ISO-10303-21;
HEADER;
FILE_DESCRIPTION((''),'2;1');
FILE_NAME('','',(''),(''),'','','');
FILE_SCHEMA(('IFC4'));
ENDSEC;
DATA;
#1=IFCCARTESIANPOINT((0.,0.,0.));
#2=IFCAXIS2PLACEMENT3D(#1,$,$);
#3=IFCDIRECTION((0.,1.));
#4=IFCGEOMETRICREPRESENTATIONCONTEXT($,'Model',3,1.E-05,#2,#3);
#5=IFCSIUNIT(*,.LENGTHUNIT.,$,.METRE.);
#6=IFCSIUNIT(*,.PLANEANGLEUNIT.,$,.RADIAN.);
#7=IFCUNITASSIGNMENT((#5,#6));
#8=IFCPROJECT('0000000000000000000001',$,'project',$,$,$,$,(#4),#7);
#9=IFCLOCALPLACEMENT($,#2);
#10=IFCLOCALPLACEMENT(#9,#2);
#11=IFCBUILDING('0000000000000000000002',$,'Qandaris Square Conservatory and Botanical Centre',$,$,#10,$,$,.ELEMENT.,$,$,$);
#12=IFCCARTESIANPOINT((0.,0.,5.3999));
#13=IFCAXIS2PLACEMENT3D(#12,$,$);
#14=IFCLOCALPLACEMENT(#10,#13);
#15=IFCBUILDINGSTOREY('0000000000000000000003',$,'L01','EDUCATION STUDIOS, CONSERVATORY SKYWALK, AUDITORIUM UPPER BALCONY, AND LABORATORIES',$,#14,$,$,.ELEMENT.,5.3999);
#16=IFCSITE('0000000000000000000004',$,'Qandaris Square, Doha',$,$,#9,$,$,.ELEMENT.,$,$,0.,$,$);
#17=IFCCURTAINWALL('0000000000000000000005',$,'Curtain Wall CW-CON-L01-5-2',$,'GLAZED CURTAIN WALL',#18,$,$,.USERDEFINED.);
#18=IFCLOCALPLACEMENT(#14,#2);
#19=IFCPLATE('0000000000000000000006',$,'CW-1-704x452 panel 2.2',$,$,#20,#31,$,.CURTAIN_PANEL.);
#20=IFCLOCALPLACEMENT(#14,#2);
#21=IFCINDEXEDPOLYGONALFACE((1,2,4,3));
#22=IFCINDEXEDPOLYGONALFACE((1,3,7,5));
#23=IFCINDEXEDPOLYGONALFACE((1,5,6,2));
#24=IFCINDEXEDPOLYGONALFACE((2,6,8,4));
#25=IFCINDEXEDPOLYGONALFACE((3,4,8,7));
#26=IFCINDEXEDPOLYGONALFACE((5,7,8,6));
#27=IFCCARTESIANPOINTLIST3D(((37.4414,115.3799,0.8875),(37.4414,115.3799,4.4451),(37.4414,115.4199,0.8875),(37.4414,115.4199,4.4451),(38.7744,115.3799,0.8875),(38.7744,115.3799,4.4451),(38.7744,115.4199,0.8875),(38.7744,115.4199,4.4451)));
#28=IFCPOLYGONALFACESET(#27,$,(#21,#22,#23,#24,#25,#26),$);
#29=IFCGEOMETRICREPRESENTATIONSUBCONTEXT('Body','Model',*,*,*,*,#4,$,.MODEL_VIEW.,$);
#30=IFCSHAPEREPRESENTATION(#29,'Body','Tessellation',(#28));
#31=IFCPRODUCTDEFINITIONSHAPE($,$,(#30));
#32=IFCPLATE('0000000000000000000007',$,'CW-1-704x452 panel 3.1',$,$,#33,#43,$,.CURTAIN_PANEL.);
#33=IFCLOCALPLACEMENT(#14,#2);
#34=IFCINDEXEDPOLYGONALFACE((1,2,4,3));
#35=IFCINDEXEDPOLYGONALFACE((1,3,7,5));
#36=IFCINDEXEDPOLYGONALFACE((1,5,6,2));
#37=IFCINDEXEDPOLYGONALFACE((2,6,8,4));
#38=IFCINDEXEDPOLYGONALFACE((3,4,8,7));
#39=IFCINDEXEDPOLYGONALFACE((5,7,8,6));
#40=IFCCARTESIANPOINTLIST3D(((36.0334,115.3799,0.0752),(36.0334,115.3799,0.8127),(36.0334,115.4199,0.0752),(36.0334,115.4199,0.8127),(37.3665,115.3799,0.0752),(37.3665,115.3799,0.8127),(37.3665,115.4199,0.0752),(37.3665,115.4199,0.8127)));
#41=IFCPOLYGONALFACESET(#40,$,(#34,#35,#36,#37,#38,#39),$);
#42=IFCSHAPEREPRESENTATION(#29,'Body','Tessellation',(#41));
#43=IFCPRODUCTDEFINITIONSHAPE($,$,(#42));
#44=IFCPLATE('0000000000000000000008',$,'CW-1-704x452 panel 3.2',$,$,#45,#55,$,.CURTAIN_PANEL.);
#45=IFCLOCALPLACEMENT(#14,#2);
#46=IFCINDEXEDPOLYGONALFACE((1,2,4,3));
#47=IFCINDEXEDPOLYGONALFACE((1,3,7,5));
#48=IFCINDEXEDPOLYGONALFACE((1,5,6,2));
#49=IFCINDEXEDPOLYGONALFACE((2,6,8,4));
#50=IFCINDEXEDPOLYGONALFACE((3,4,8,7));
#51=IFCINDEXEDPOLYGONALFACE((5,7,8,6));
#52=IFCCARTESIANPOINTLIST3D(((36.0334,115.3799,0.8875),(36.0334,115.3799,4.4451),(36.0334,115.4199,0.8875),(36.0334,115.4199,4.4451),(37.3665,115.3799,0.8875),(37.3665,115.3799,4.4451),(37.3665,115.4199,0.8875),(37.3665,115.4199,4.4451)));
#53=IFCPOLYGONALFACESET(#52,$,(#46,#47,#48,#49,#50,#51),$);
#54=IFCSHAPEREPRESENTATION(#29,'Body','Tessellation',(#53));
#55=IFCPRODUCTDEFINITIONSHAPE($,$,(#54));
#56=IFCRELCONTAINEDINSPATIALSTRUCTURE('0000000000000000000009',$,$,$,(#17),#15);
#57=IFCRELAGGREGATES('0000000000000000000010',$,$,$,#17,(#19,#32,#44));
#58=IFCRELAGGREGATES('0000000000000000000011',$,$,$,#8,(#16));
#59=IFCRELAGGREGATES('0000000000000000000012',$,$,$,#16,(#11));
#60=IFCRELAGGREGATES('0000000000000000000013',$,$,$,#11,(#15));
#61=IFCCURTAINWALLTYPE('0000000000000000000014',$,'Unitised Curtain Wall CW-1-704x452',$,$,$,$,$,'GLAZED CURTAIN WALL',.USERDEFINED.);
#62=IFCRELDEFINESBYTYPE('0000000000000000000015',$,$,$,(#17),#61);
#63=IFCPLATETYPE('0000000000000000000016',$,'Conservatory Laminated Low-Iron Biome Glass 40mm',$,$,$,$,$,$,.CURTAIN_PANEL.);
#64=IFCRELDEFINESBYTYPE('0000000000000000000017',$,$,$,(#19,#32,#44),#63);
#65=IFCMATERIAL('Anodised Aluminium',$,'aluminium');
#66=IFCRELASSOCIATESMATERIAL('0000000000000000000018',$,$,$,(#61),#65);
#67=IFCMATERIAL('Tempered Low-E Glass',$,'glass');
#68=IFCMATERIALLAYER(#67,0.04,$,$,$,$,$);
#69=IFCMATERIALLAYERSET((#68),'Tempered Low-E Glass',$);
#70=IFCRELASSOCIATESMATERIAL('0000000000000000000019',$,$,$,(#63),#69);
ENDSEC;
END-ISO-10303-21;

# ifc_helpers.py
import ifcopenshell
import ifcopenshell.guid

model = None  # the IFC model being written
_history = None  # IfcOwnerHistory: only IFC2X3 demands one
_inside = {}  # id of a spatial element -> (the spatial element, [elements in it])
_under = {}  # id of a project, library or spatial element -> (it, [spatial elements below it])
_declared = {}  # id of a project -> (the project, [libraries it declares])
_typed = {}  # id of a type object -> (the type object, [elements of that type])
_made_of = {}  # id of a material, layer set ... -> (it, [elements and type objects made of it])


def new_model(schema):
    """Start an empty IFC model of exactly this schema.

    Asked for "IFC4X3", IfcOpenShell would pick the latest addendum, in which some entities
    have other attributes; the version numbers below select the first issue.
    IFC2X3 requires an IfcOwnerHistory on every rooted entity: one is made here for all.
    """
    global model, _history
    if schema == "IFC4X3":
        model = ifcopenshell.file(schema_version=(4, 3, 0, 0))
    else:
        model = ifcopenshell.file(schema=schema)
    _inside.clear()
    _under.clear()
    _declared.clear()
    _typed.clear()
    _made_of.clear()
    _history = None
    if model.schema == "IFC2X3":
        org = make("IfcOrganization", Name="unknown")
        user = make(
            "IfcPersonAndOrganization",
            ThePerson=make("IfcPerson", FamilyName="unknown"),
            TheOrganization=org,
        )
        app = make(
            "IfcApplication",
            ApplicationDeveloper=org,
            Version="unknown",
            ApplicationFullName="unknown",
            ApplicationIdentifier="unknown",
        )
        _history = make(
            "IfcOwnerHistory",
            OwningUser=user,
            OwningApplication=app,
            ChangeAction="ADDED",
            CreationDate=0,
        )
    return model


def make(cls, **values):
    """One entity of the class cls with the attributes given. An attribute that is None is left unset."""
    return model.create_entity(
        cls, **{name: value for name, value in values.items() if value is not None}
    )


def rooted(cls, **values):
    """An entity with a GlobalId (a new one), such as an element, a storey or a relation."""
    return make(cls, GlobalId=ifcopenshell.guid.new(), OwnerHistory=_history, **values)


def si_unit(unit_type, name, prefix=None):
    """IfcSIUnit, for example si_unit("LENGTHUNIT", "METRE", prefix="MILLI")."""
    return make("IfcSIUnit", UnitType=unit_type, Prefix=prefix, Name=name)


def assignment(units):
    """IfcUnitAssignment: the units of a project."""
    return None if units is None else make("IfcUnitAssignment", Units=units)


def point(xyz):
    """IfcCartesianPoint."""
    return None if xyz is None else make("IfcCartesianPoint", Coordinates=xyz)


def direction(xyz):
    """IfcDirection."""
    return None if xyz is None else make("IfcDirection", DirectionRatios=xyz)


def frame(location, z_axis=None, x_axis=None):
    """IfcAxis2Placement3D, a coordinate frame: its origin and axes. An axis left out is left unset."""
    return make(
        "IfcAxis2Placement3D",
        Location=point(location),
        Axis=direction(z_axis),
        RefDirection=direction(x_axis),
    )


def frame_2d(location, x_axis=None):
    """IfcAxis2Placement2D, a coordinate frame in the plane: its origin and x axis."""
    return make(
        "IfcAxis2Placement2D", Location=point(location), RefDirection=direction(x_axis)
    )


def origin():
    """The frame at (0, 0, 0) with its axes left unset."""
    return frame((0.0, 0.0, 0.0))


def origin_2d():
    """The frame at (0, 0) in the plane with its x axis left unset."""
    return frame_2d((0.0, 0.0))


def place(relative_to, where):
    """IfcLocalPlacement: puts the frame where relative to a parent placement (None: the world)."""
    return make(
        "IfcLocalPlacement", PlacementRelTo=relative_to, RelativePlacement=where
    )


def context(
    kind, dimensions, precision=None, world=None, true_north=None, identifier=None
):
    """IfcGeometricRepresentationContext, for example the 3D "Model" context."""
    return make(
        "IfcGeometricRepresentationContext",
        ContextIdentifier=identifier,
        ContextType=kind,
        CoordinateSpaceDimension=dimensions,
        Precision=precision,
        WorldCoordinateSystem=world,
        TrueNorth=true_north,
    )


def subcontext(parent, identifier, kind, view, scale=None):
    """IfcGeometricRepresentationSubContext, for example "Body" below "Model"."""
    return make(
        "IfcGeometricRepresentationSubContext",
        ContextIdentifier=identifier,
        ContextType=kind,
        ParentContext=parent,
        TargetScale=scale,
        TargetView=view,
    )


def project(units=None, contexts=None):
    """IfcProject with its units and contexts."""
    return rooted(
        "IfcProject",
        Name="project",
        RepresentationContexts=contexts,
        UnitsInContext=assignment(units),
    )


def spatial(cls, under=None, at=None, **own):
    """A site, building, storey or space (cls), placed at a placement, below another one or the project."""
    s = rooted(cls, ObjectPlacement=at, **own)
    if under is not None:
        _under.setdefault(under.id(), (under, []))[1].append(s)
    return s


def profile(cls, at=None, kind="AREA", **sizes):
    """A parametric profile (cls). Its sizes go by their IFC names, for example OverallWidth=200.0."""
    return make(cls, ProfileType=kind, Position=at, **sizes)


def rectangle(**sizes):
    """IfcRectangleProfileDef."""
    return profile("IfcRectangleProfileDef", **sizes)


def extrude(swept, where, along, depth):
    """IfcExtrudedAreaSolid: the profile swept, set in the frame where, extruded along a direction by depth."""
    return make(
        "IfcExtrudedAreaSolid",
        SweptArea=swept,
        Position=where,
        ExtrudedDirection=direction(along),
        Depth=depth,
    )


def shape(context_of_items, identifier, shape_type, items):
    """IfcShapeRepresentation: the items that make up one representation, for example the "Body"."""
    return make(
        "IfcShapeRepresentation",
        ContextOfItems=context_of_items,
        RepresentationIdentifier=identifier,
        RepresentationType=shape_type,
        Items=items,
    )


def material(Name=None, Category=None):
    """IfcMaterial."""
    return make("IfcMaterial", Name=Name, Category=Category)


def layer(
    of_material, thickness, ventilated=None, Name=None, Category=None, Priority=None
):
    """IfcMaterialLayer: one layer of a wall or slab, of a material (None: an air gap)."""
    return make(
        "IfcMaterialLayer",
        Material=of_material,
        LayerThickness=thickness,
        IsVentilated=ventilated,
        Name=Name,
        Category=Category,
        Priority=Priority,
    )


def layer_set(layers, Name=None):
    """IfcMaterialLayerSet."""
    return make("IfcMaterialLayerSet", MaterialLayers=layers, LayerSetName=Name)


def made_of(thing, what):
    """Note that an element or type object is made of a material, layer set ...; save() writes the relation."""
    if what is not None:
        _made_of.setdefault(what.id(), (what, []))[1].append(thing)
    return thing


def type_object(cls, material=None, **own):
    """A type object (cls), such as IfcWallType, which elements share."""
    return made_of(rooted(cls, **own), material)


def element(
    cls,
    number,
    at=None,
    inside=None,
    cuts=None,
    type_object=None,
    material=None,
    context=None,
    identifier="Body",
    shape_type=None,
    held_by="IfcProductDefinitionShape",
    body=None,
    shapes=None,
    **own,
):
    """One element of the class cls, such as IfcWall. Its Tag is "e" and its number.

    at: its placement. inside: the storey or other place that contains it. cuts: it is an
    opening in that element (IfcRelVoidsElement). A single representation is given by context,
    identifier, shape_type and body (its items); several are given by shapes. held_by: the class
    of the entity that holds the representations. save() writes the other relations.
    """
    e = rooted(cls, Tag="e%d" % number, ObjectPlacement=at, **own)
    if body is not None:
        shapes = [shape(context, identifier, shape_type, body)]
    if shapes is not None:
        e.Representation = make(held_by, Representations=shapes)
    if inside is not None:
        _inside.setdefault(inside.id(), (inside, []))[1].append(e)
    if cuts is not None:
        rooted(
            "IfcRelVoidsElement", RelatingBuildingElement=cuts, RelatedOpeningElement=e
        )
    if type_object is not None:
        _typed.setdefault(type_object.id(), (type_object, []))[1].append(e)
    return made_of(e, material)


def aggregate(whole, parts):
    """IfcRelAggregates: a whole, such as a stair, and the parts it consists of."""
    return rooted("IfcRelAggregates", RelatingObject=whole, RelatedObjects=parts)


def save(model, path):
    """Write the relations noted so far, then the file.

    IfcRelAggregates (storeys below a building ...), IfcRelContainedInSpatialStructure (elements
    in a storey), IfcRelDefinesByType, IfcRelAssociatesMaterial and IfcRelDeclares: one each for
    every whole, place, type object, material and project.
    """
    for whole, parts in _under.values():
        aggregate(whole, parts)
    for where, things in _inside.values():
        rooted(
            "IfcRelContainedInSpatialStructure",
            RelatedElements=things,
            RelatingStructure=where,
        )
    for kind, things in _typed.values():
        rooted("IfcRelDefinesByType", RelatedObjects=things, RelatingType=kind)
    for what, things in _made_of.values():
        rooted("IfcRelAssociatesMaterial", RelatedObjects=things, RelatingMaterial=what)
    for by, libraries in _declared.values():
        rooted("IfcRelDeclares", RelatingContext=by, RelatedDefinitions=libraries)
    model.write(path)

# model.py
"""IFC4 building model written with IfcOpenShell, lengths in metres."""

from ifc_helpers import new_model, si_unit, direction, frame, origin, origin_2d, place, context, subcontext, project, spatial, rectangle, extrude, material, layer, layer_set, type_object, element, aggregate, save


model = new_model("IFC4")

# Units and contexts
model_context = context("Model", 3, precision=1e-05, world=origin(), true_north=direction((0.0, 1.0)))
body_context = subcontext(model_context, "Body", "Model", "MODEL_VIEW")
ifc_project = project(units=[si_unit("LENGTHUNIT", "METRE"), si_unit("PLANEANGLEUNIT", "RADIAN")], contexts=[model_context])

# Site, building, storey
site_placement = place(None, origin())
site = spatial("IfcSite", under=ifc_project, at=site_placement, Name="Qandaris Square, Doha", CompositionType="ELEMENT", RefElevation=0.0)
building_placement = place(site_placement, origin())
building = spatial("IfcBuilding", under=site, at=building_placement, Name="Qandaris Square Conservatory and Botanical Centre", CompositionType="ELEMENT")
storey_placement = place(building_placement, frame((0.0, 0.0, 5.3999)))
storey = spatial("IfcBuildingStorey", under=building, at=storey_placement, Name="L01", Description="EDUCATION STUDIOS, CONSERVATORY SKYWALK, AUDITORIUM UPPER BALCONY, AND LABORATORIES", CompositionType="ELEMENT", Elevation=5.3999)

# Curtain wall
ifc_material_1 = material(Name="Anodised Aluminium", Category="aluminium")
curtain_wall_type = type_object("IfcCurtainWallType", Name="Unitised Curtain Wall CW-1-704x452", ElementType="GLAZED CURTAIN WALL", PredefinedType="USERDEFINED", material=ifc_material_1)
curtain_wall_1_placement = place(storey_placement, origin())
curtain_wall_1 = element("IfcCurtainWall", 1, at=curtain_wall_1_placement, inside=storey, type_object=curtain_wall_type, Name="Curtain Wall CW-CON-L01-5-2", ObjectType="GLAZED CURTAIN WALL", PredefinedType="USERDEFINED")

# Plates
ifc_material_2 = material(Name="Tempered Low-E Glass", Category="glass")
ifc_layer = layer(ifc_material_2, 0.04)
ifc_layer_set = layer_set([ifc_layer], Name="Tempered Low-E Glass")
plate_type = type_object("IfcPlateType", Name="Conservatory Laminated Low-Iron Biome Glass 40mm", PredefinedType="CURTAIN_PANEL", material=ifc_layer_set)
plate_1_placement = place(storey_placement, frame((38.1079, 115.3999, 0.8875), z_axis=(0.0, 0.0, 1.0), x_axis=(-1.0, 0.0, 0.0)))
plate_1 = element("IfcPlate", 2, at=plate_1_placement, type_object=plate_type, Name="CW-1-704x452 panel 2.2", PredefinedType="CURTAIN_PANEL", context=body_context, shape_type="SweptSolid", body=[
    extrude(rectangle(XDim=1.333, YDim=0.04, at=origin_2d()), origin(), (0.0, 0.0, 1.0), 3.5576),
])
plate_2_placement = place(storey_placement, frame((36.7, 115.3999, 0.0752), z_axis=(0.0, 0.0, 1.0), x_axis=(-1.0, 0.0, 0.0)))
plate_2 = element("IfcPlate", 3, at=plate_2_placement, type_object=plate_type, Name="CW-1-704x452 panel 3.1", PredefinedType="CURTAIN_PANEL", context=body_context, shape_type="SweptSolid", body=[
    extrude(rectangle(XDim=1.333, YDim=0.04, at=origin_2d()), origin(), (0.0, 0.0, 1.0), 0.7375),
])
plate_3_placement = place(storey_placement, frame((36.7, 115.3999, 0.8875), z_axis=(0.0, 0.0, 1.0), x_axis=(-1.0, 0.0, 0.0)))
plate_3 = element("IfcPlate", 4, at=plate_3_placement, type_object=plate_type, Name="CW-1-704x452 panel 3.2", PredefinedType="CURTAIN_PANEL", context=body_context, shape_type="SweptSolid", body=[
    extrude(rectangle(XDim=1.333, YDim=0.04, at=origin_2d()), origin(), (0.0, 0.0, 1.0), 3.5576),
])
aggregate(curtain_wall_1, [plate_1, plate_2, plate_3])

save(model, "model.ifc")
